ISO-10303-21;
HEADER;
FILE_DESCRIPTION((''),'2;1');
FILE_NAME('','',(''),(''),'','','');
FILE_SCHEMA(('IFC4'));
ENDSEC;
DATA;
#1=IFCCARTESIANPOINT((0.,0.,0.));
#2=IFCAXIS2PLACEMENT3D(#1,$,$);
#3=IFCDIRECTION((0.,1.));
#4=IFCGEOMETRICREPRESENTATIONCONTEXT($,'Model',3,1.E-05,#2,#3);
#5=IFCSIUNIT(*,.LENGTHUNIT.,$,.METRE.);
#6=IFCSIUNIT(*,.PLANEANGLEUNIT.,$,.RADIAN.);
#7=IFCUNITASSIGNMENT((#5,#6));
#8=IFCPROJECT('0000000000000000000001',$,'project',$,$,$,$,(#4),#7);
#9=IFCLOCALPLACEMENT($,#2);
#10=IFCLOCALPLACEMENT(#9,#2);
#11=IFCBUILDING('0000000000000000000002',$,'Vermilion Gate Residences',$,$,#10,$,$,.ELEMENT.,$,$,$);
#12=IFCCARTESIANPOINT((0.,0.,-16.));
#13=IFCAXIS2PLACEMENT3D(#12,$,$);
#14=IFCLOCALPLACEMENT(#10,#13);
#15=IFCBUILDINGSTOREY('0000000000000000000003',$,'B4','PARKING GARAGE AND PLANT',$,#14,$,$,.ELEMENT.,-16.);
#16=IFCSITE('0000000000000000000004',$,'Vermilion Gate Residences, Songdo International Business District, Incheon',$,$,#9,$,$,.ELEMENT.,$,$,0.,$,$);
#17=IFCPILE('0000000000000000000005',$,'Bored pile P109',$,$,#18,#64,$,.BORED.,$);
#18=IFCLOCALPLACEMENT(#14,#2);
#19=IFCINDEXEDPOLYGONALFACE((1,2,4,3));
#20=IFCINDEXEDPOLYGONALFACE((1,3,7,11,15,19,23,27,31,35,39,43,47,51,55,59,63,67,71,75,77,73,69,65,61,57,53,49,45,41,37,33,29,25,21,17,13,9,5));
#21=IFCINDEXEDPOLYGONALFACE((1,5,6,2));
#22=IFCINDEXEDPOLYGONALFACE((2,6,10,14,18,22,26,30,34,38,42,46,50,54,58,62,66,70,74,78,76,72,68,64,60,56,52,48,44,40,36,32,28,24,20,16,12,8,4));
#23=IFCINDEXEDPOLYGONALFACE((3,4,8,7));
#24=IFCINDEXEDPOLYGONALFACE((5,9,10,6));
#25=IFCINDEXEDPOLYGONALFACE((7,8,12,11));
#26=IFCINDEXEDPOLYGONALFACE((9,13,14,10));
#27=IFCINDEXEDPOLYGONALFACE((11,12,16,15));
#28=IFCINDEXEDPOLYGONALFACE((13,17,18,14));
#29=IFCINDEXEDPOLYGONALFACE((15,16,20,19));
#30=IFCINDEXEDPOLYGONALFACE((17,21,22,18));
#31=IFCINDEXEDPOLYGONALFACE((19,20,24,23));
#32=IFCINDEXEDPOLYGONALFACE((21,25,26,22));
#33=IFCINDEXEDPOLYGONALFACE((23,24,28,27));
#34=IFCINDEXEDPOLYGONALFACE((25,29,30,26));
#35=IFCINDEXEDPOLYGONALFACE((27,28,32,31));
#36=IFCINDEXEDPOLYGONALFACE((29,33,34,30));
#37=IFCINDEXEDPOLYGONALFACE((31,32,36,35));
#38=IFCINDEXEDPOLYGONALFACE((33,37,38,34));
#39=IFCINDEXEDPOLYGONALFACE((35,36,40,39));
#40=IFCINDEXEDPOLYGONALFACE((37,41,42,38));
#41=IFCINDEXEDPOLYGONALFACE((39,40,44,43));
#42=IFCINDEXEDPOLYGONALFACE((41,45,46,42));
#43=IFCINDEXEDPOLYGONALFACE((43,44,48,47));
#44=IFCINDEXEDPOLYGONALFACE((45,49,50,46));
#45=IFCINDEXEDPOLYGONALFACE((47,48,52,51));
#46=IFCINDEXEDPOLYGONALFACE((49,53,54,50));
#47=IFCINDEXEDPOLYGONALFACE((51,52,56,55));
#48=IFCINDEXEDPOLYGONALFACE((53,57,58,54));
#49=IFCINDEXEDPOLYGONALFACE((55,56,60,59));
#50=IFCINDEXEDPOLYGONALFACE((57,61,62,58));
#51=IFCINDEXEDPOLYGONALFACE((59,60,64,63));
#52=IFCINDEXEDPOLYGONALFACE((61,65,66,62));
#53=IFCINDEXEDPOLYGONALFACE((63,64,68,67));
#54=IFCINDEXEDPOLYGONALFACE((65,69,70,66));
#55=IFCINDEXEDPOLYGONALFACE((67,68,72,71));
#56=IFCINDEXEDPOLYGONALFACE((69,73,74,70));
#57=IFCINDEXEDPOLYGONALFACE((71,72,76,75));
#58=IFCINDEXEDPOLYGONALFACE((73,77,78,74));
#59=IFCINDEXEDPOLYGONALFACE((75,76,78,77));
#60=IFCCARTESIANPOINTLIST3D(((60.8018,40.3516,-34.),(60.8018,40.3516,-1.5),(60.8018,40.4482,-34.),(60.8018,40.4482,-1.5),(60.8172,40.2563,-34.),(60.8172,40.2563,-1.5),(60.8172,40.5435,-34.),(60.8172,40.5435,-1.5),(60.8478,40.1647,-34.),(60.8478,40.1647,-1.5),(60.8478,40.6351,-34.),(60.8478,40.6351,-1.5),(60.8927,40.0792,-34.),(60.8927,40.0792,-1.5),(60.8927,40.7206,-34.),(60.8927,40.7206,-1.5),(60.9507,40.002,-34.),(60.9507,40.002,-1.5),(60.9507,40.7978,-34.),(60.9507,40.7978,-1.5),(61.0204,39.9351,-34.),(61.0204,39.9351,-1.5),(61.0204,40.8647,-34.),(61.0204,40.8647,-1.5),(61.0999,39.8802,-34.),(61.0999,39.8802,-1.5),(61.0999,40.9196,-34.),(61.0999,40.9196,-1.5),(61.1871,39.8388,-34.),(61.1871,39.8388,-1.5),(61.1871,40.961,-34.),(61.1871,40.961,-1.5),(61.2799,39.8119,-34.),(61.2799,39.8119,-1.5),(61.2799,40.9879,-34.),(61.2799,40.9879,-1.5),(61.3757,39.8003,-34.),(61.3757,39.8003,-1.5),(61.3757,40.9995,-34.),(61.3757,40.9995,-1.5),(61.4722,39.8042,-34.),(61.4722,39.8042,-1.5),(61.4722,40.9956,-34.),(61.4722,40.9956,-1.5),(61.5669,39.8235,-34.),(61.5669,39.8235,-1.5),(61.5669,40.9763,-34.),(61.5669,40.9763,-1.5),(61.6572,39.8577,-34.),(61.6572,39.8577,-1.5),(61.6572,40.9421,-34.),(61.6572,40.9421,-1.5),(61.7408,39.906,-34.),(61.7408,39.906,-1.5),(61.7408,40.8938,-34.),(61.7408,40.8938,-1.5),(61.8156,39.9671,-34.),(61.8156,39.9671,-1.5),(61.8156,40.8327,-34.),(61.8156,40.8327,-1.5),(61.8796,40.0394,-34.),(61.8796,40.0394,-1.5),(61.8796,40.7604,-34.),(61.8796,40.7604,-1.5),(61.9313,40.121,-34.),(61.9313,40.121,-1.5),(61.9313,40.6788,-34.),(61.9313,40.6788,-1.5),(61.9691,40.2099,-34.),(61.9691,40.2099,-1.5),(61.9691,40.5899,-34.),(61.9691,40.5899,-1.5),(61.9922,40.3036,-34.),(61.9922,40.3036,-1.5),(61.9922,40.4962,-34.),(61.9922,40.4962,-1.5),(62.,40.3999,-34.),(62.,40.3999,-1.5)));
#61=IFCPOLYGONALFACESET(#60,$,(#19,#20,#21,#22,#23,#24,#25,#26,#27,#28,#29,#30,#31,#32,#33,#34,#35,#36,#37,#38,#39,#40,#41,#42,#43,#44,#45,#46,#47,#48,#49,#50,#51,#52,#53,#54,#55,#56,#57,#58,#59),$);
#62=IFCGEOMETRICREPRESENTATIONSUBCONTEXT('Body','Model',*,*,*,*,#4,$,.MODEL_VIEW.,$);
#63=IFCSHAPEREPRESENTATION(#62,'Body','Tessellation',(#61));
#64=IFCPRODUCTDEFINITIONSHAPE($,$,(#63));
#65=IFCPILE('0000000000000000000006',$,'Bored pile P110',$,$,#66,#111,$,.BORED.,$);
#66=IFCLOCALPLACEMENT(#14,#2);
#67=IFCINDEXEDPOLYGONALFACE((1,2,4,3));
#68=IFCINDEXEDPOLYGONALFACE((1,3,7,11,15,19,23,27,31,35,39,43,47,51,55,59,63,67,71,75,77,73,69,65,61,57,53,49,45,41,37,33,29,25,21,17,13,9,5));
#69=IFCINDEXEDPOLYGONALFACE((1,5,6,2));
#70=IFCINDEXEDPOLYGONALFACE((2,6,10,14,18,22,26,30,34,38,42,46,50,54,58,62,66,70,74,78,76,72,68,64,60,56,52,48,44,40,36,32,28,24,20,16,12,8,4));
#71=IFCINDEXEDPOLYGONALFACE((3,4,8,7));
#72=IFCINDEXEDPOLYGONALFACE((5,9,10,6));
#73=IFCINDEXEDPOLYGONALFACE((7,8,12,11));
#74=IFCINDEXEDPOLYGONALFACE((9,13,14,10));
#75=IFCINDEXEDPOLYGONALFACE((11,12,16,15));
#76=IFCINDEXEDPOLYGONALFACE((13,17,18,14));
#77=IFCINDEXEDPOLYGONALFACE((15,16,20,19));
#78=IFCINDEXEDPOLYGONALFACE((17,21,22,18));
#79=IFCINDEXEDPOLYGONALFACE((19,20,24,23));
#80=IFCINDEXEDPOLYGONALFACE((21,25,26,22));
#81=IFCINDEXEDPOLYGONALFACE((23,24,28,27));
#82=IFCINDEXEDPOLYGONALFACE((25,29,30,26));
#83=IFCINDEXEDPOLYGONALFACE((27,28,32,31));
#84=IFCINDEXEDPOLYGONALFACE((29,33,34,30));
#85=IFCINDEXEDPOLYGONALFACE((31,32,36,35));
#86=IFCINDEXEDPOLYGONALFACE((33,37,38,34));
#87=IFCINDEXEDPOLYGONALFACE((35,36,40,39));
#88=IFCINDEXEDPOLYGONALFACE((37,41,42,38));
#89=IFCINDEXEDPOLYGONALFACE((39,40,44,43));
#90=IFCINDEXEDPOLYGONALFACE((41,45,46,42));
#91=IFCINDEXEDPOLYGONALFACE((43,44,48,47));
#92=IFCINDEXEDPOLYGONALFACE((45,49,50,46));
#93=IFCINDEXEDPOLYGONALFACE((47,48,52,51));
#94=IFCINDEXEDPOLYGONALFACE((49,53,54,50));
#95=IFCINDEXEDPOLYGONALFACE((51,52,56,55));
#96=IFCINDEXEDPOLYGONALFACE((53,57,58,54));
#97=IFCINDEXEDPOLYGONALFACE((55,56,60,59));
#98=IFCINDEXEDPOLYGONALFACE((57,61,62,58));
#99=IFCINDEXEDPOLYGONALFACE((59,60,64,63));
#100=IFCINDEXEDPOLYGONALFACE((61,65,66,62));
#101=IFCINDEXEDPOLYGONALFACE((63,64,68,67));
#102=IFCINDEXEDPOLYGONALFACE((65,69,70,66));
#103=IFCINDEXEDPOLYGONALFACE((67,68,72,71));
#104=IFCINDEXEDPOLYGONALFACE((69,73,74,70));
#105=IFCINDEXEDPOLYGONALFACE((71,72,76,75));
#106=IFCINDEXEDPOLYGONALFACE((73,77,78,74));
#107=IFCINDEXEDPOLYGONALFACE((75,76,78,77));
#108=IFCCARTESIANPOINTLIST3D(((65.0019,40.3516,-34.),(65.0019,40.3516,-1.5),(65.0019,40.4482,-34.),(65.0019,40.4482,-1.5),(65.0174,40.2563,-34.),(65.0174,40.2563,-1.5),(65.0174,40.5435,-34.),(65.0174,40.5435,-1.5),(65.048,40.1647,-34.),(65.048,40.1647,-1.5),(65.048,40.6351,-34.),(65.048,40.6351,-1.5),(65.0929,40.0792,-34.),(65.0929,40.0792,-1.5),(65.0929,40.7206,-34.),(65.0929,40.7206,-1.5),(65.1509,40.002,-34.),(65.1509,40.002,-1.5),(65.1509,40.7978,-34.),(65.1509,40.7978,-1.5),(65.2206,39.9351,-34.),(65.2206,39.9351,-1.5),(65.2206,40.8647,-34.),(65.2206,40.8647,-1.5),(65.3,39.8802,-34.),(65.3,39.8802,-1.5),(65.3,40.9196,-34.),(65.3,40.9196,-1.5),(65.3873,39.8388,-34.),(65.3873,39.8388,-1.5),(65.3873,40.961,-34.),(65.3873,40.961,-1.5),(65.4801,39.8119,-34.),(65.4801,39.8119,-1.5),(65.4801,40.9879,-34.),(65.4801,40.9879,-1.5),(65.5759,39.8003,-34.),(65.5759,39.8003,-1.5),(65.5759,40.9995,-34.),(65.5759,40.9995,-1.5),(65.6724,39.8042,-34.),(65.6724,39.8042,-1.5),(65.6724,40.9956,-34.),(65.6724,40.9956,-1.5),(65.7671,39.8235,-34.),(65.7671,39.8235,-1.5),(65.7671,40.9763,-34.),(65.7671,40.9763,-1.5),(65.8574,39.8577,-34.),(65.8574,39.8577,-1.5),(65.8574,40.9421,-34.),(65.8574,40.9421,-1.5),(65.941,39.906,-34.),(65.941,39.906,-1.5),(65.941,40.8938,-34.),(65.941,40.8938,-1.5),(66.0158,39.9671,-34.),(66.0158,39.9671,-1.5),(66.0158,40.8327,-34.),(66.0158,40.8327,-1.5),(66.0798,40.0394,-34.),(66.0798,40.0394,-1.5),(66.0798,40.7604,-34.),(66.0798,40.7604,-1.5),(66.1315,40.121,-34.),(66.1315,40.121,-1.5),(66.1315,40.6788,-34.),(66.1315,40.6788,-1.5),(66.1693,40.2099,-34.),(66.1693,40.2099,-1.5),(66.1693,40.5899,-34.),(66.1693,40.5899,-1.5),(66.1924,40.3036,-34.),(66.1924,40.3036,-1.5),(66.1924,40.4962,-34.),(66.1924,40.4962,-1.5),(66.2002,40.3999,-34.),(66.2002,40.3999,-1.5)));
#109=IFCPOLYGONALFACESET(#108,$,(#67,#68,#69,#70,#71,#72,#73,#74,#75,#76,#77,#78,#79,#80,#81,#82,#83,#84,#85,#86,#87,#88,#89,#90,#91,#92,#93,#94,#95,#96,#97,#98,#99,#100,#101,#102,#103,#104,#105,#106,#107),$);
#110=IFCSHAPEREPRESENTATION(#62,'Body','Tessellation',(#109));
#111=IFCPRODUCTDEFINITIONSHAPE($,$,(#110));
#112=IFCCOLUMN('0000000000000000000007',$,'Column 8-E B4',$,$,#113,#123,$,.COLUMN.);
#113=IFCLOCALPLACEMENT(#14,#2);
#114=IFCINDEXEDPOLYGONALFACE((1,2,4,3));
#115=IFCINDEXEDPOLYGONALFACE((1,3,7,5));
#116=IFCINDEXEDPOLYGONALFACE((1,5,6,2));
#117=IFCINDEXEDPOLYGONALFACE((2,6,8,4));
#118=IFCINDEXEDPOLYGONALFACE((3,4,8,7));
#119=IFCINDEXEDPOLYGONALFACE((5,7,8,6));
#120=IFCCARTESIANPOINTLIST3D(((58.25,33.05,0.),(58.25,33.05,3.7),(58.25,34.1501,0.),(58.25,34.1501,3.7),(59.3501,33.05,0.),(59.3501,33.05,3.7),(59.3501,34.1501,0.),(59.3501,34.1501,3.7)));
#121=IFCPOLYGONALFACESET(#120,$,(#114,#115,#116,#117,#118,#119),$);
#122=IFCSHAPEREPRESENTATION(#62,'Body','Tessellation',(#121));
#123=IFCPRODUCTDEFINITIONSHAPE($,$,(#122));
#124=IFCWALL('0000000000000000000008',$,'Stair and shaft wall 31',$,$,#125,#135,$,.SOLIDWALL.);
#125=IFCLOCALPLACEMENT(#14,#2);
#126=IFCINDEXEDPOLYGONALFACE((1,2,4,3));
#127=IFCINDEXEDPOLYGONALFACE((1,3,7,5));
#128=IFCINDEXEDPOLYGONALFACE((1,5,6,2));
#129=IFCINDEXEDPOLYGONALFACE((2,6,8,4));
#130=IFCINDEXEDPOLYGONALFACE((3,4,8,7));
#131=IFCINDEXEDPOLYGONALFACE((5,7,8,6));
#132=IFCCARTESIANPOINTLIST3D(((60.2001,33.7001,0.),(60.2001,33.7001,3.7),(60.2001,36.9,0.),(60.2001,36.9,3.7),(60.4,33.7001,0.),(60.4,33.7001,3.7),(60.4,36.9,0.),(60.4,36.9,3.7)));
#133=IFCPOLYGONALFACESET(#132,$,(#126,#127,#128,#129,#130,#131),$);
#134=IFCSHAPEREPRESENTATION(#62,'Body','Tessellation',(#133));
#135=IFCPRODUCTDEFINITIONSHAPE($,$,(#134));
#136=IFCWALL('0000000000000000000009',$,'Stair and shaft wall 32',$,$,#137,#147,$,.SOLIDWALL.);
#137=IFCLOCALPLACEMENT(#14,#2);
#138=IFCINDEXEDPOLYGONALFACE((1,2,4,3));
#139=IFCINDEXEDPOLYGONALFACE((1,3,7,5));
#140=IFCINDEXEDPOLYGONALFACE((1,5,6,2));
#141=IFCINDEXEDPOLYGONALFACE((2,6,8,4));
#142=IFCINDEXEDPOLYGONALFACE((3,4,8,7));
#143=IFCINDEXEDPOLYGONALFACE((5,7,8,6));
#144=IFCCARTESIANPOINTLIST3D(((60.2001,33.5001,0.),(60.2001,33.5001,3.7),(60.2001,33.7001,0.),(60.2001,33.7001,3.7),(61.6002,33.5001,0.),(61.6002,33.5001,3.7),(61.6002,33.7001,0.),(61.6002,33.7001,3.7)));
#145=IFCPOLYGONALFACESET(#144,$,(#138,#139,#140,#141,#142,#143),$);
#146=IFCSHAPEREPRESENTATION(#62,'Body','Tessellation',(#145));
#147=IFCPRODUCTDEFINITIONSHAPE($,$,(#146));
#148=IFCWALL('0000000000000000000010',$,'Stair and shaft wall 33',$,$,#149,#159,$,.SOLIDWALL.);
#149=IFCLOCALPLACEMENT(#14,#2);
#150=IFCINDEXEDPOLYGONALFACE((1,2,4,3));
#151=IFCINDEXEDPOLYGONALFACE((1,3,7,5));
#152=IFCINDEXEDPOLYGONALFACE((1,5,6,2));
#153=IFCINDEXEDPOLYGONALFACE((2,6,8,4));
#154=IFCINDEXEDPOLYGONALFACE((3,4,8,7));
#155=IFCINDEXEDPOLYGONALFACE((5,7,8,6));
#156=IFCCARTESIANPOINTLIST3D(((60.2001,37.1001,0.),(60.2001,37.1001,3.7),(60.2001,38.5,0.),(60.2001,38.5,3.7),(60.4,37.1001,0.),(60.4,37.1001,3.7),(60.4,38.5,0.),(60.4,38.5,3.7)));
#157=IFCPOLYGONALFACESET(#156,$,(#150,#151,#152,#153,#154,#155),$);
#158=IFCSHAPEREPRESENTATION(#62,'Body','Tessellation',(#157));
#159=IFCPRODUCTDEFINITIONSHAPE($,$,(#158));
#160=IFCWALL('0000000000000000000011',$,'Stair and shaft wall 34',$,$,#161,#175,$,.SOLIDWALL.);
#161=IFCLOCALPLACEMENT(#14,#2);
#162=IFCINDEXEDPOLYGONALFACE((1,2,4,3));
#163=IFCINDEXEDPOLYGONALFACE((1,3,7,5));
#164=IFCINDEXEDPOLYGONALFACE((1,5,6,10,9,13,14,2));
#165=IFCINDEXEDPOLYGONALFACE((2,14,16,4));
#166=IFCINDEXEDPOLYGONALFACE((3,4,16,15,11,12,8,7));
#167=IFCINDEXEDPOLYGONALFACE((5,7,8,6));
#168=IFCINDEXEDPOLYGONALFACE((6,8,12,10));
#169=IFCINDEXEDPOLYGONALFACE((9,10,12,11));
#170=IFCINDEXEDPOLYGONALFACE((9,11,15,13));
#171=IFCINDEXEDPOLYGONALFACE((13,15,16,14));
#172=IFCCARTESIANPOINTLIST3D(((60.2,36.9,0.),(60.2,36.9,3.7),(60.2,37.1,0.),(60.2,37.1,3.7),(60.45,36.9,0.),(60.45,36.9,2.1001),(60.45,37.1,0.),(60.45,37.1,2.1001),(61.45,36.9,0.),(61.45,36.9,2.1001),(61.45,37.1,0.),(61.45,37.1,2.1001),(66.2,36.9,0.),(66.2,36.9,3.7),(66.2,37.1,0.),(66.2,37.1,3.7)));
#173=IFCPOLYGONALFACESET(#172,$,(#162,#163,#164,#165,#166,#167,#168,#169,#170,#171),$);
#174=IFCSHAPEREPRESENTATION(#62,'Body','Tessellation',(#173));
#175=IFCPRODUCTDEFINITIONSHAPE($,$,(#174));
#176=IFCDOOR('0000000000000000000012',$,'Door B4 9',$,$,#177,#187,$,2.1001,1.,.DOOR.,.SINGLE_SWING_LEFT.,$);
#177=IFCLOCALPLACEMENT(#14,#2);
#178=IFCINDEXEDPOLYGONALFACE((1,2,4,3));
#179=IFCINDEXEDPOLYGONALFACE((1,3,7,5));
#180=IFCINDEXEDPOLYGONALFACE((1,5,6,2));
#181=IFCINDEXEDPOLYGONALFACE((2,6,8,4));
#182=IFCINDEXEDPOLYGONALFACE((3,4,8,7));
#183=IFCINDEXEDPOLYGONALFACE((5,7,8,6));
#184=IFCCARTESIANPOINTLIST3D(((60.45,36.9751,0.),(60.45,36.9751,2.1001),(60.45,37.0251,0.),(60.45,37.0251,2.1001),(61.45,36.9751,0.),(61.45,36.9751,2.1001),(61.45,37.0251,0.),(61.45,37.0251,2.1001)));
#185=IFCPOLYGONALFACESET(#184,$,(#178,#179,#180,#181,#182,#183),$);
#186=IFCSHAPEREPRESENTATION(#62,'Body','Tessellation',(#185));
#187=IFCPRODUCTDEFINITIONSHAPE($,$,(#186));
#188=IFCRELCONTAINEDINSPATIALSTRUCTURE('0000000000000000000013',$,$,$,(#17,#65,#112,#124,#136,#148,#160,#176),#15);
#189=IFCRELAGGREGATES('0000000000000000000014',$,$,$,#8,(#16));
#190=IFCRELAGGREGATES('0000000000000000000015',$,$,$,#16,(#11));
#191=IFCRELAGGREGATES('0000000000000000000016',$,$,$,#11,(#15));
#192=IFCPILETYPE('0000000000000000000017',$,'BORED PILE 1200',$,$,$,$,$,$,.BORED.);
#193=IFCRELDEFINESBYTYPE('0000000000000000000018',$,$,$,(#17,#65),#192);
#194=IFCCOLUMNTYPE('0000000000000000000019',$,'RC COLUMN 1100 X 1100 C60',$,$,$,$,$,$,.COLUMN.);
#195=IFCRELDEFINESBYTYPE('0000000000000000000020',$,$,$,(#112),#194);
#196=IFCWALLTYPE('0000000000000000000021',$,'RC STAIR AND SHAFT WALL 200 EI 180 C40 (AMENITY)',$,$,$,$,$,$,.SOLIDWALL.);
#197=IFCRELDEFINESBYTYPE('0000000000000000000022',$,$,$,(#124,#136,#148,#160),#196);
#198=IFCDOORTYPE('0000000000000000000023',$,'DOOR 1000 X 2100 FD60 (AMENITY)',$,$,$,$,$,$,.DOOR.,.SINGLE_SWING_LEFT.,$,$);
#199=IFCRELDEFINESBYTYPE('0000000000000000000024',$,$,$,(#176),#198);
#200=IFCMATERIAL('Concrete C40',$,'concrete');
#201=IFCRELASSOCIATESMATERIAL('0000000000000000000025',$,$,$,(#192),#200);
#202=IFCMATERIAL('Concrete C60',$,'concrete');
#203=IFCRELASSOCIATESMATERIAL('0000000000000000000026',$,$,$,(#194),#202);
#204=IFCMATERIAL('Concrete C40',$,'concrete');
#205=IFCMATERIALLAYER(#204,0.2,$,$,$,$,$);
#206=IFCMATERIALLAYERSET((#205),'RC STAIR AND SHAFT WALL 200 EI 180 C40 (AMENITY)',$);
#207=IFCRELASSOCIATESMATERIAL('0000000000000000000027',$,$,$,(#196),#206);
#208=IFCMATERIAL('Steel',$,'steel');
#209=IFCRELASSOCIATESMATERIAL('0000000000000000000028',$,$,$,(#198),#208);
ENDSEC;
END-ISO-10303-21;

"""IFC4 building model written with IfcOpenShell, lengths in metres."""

from ifc_helpers import new_model, si_unit, direction, frame, frame_2d, origin, origin_2d, place, context, subcontext, project, spatial, rectangle, circle, extrude, material, layer, layer_set, material_profile, profile_set, type_object, element, fill, save


model = new_model("IFC4")

# Units and contexts
model_context = context("Model", 3, precision=1e-05, world=origin(), true_north=direction((0.0, 1.0)))
body_context = subcontext(model_context, "Body", "Model", "MODEL_VIEW")
ifc_project = project(units=[si_unit("LENGTHUNIT", "METRE"), si_unit("PLANEANGLEUNIT", "RADIAN")], contexts=[model_context])

# Site, building, storey
site_placement = place(None, origin())
site = spatial("IfcSite", under=ifc_project, at=site_placement, Name="Vermilion Gate Residences, Songdo International Business District, Incheon", CompositionType="ELEMENT", RefElevation=0.0)
building_placement = place(site_placement, origin())
building = spatial("IfcBuilding", under=site, at=building_placement, Name="Vermilion Gate Residences", CompositionType="ELEMENT")
storey_placement = place(building_placement, frame((0.0, 0.0, -16.0)))
storey = spatial("IfcBuildingStorey", under=building, at=storey_placement, Name="B4", Description="PARKING GARAGE AND PLANT", CompositionType="ELEMENT", Elevation=-16.0)

# Piles
ifc_material_1 = material(Name="Concrete C40", Category="concrete")
ifc_material_profile_1 = material_profile(ifc_material_1, circle(Radius=0.6001, at=origin_2d()), Name="BORED PILE 1200")
ifc_profile_set_1 = profile_set([ifc_material_profile_1], Name="Concrete C40")
pile_type = type_object("IfcPileType", Name="BORED PILE 1200", PredefinedType="BORED", material=ifc_profile_set_1)
for number, where, z_axis, x_axis, name in (
    (1, (61.3999, 40.3999, -1.5), (0.0, 0.0, -1.0), (1.0, 0.0, 0.0), "Bored pile P109"),
    (2, (65.6001, 40.3999, -1.5), (0.0, 0.0, -1.0), (1.0, 0.0, 0.0), "Bored pile P110"),
):
    element("IfcPile", number, at=place(storey_placement, frame(where, z_axis=z_axis, x_axis=x_axis)), inside=storey, type_object=pile_type, Name=name, PredefinedType="BORED", context=body_context, shape_type="SweptSolid", body=[
        extrude(circle(Radius=0.6001, at=origin_2d()), origin(), (0.0, 0.0, 1.0), 32.5),
    ])

# Column
ifc_material_2 = material(Name="Concrete C60", Category="concrete")
ifc_material_profile_2 = material_profile(ifc_material_2, rectangle(XDim=1.1001, YDim=1.1001, at=origin_2d()), Name="RC-1100x1100")
ifc_profile_set_2 = profile_set([ifc_material_profile_2], Name="Concrete C60")
column_type = type_object("IfcColumnType", Name="RC COLUMN 1100 X 1100 C60", PredefinedType="COLUMN", material=ifc_profile_set_2)
column_placement = place(storey_placement, frame((58.8, 33.6001, 0.0), z_axis=(0.0, 0.0, 1.0), x_axis=(1.0, 0.0, 0.0)))
element("IfcColumn", 3, at=column_placement, inside=storey, type_object=column_type, Name="Column 8-E B4", PredefinedType="COLUMN", context=body_context, shape_type="SweptSolid", body=[
    extrude(rectangle(XDim=1.1001, YDim=1.1001, at=origin_2d()), origin(), (0.0, 0.0, 1.0), 3.7),
])

# Walls
ifc_material_3 = material(Name="Concrete C40", Category="concrete")
ifc_layer = layer(ifc_material_3, 0.2)
ifc_layer_set = layer_set([ifc_layer], Name="RC STAIR AND SHAFT WALL 200 EI 180 C40 (AMENITY)")
wall_type = type_object("IfcWallType", Name="RC STAIR AND SHAFT WALL 200 EI 180 C40 (AMENITY)", PredefinedType="SOLIDWALL", material=ifc_layer_set)
wall_1_placement = place(storey_placement, frame((60.3, 33.7, 0.0), z_axis=(0.0, 0.0, 1.0), x_axis=(0.0, 1.0, 0.0)))
element("IfcWall", 4, at=wall_1_placement, inside=storey, type_object=wall_type, Name="Stair and shaft wall 31", PredefinedType="SOLIDWALL", context=body_context, shape_type="SweptSolid", body=[
    extrude(rectangle(XDim=3.2, YDim=0.2, at=frame_2d((1.6001, 0.0))), origin(), (0.0, 0.0, 1.0), 3.7),
])
wall_2_placement = place(storey_placement, frame((60.2, 33.6001, 0.0), z_axis=(0.0, 0.0, 1.0), x_axis=(1.0, 0.0, 0.0)))
element("IfcWall", 5, at=wall_2_placement, inside=storey, type_object=wall_type, Name="Stair and shaft wall 32", PredefinedType="SOLIDWALL", context=body_context, shape_type="SweptSolid", body=[
    extrude(rectangle(XDim=1.4001, YDim=0.2, at=frame_2d((0.7002, 0.0))), origin(), (0.0, 0.0, 1.0), 3.7),
])
wall_3_placement = place(storey_placement, frame((60.3, 37.1001, 0.0), z_axis=(0.0, 0.0, 1.0), x_axis=(0.0, 1.0, 0.0)))
element("IfcWall", 6, at=wall_3_placement, inside=storey, type_object=wall_type, Name="Stair and shaft wall 33", PredefinedType="SOLIDWALL", context=body_context, shape_type="SweptSolid", body=[
    extrude(rectangle(XDim=1.3999, YDim=0.2, at=frame_2d((0.7, 0.0))), origin(), (0.0, 0.0, 1.0), 3.7),
])

# Wall, opening, door
wall_4_placement = place(storey_placement, frame((60.2, 37.0, 0.0), z_axis=(0.0, 0.0, 1.0), x_axis=(1.0, 0.0, 0.0)))
wall_4 = element("IfcWall", 7, at=wall_4_placement, inside=storey, type_object=wall_type, Name="Stair and shaft wall 34", PredefinedType="SOLIDWALL", context=body_context, shape_type="SweptSolid", body=[
    extrude(rectangle(XDim=6.0, YDim=0.2, at=frame_2d((3.0, 0.0))), origin(), (0.0, 0.0, 1.0), 3.7),
])
opening_1_placement = place(wall_4_placement, frame((0.25, 0.0, 0.0)))
opening_1 = element("IfcOpeningElement", 8, at=opening_1_placement, cuts=wall_4, PredefinedType="OPENING", context=body_context, shape_type="SweptSolid", body=[
    extrude(rectangle(XDim=1.0, YDim=2.1001, at=frame_2d((0.5, 1.05))), frame((0.0, 0.1099, 0.0), z_axis=(0.0, -1.0, 0.0), x_axis=(1.0, 0.0, 0.0)), (0.0, 0.0, 1.0), 0.22),
])
ifc_material_4 = material(Name="Steel", Category="steel")
door_type = type_object("IfcDoorType", Name="DOOR 1000 X 2100 FD60 (AMENITY)", OperationType="SINGLE_SWING_LEFT", PredefinedType="DOOR", material=ifc_material_4)
door_1_placement = place(opening_1_placement, frame((1.0, 0.0, 0.0), z_axis=(0.0, 0.0, 1.0), x_axis=(-1.0, 0.0, 0.0)))
door_1 = element("IfcDoor", 9, at=door_1_placement, inside=storey, type_object=door_type, Name="Door B4 9", OperationType="SINGLE_SWING_LEFT", OverallHeight=2.1001, OverallWidth=1.0, PredefinedType="DOOR", context=body_context, shape_type="SweptSolid", body=[
    extrude(rectangle(XDim=1.0, YDim=2.1001, at=frame_2d((0.5, 1.05))), frame((0.0, 0.0249, 0.0), z_axis=(0.0, -1.0, 0.0), x_axis=(1.0, 0.0, 0.0)), (0.0, 0.0, 1.0), 0.05),
])
fill(opening_1, door_1)

save(model, "model.ifc")
